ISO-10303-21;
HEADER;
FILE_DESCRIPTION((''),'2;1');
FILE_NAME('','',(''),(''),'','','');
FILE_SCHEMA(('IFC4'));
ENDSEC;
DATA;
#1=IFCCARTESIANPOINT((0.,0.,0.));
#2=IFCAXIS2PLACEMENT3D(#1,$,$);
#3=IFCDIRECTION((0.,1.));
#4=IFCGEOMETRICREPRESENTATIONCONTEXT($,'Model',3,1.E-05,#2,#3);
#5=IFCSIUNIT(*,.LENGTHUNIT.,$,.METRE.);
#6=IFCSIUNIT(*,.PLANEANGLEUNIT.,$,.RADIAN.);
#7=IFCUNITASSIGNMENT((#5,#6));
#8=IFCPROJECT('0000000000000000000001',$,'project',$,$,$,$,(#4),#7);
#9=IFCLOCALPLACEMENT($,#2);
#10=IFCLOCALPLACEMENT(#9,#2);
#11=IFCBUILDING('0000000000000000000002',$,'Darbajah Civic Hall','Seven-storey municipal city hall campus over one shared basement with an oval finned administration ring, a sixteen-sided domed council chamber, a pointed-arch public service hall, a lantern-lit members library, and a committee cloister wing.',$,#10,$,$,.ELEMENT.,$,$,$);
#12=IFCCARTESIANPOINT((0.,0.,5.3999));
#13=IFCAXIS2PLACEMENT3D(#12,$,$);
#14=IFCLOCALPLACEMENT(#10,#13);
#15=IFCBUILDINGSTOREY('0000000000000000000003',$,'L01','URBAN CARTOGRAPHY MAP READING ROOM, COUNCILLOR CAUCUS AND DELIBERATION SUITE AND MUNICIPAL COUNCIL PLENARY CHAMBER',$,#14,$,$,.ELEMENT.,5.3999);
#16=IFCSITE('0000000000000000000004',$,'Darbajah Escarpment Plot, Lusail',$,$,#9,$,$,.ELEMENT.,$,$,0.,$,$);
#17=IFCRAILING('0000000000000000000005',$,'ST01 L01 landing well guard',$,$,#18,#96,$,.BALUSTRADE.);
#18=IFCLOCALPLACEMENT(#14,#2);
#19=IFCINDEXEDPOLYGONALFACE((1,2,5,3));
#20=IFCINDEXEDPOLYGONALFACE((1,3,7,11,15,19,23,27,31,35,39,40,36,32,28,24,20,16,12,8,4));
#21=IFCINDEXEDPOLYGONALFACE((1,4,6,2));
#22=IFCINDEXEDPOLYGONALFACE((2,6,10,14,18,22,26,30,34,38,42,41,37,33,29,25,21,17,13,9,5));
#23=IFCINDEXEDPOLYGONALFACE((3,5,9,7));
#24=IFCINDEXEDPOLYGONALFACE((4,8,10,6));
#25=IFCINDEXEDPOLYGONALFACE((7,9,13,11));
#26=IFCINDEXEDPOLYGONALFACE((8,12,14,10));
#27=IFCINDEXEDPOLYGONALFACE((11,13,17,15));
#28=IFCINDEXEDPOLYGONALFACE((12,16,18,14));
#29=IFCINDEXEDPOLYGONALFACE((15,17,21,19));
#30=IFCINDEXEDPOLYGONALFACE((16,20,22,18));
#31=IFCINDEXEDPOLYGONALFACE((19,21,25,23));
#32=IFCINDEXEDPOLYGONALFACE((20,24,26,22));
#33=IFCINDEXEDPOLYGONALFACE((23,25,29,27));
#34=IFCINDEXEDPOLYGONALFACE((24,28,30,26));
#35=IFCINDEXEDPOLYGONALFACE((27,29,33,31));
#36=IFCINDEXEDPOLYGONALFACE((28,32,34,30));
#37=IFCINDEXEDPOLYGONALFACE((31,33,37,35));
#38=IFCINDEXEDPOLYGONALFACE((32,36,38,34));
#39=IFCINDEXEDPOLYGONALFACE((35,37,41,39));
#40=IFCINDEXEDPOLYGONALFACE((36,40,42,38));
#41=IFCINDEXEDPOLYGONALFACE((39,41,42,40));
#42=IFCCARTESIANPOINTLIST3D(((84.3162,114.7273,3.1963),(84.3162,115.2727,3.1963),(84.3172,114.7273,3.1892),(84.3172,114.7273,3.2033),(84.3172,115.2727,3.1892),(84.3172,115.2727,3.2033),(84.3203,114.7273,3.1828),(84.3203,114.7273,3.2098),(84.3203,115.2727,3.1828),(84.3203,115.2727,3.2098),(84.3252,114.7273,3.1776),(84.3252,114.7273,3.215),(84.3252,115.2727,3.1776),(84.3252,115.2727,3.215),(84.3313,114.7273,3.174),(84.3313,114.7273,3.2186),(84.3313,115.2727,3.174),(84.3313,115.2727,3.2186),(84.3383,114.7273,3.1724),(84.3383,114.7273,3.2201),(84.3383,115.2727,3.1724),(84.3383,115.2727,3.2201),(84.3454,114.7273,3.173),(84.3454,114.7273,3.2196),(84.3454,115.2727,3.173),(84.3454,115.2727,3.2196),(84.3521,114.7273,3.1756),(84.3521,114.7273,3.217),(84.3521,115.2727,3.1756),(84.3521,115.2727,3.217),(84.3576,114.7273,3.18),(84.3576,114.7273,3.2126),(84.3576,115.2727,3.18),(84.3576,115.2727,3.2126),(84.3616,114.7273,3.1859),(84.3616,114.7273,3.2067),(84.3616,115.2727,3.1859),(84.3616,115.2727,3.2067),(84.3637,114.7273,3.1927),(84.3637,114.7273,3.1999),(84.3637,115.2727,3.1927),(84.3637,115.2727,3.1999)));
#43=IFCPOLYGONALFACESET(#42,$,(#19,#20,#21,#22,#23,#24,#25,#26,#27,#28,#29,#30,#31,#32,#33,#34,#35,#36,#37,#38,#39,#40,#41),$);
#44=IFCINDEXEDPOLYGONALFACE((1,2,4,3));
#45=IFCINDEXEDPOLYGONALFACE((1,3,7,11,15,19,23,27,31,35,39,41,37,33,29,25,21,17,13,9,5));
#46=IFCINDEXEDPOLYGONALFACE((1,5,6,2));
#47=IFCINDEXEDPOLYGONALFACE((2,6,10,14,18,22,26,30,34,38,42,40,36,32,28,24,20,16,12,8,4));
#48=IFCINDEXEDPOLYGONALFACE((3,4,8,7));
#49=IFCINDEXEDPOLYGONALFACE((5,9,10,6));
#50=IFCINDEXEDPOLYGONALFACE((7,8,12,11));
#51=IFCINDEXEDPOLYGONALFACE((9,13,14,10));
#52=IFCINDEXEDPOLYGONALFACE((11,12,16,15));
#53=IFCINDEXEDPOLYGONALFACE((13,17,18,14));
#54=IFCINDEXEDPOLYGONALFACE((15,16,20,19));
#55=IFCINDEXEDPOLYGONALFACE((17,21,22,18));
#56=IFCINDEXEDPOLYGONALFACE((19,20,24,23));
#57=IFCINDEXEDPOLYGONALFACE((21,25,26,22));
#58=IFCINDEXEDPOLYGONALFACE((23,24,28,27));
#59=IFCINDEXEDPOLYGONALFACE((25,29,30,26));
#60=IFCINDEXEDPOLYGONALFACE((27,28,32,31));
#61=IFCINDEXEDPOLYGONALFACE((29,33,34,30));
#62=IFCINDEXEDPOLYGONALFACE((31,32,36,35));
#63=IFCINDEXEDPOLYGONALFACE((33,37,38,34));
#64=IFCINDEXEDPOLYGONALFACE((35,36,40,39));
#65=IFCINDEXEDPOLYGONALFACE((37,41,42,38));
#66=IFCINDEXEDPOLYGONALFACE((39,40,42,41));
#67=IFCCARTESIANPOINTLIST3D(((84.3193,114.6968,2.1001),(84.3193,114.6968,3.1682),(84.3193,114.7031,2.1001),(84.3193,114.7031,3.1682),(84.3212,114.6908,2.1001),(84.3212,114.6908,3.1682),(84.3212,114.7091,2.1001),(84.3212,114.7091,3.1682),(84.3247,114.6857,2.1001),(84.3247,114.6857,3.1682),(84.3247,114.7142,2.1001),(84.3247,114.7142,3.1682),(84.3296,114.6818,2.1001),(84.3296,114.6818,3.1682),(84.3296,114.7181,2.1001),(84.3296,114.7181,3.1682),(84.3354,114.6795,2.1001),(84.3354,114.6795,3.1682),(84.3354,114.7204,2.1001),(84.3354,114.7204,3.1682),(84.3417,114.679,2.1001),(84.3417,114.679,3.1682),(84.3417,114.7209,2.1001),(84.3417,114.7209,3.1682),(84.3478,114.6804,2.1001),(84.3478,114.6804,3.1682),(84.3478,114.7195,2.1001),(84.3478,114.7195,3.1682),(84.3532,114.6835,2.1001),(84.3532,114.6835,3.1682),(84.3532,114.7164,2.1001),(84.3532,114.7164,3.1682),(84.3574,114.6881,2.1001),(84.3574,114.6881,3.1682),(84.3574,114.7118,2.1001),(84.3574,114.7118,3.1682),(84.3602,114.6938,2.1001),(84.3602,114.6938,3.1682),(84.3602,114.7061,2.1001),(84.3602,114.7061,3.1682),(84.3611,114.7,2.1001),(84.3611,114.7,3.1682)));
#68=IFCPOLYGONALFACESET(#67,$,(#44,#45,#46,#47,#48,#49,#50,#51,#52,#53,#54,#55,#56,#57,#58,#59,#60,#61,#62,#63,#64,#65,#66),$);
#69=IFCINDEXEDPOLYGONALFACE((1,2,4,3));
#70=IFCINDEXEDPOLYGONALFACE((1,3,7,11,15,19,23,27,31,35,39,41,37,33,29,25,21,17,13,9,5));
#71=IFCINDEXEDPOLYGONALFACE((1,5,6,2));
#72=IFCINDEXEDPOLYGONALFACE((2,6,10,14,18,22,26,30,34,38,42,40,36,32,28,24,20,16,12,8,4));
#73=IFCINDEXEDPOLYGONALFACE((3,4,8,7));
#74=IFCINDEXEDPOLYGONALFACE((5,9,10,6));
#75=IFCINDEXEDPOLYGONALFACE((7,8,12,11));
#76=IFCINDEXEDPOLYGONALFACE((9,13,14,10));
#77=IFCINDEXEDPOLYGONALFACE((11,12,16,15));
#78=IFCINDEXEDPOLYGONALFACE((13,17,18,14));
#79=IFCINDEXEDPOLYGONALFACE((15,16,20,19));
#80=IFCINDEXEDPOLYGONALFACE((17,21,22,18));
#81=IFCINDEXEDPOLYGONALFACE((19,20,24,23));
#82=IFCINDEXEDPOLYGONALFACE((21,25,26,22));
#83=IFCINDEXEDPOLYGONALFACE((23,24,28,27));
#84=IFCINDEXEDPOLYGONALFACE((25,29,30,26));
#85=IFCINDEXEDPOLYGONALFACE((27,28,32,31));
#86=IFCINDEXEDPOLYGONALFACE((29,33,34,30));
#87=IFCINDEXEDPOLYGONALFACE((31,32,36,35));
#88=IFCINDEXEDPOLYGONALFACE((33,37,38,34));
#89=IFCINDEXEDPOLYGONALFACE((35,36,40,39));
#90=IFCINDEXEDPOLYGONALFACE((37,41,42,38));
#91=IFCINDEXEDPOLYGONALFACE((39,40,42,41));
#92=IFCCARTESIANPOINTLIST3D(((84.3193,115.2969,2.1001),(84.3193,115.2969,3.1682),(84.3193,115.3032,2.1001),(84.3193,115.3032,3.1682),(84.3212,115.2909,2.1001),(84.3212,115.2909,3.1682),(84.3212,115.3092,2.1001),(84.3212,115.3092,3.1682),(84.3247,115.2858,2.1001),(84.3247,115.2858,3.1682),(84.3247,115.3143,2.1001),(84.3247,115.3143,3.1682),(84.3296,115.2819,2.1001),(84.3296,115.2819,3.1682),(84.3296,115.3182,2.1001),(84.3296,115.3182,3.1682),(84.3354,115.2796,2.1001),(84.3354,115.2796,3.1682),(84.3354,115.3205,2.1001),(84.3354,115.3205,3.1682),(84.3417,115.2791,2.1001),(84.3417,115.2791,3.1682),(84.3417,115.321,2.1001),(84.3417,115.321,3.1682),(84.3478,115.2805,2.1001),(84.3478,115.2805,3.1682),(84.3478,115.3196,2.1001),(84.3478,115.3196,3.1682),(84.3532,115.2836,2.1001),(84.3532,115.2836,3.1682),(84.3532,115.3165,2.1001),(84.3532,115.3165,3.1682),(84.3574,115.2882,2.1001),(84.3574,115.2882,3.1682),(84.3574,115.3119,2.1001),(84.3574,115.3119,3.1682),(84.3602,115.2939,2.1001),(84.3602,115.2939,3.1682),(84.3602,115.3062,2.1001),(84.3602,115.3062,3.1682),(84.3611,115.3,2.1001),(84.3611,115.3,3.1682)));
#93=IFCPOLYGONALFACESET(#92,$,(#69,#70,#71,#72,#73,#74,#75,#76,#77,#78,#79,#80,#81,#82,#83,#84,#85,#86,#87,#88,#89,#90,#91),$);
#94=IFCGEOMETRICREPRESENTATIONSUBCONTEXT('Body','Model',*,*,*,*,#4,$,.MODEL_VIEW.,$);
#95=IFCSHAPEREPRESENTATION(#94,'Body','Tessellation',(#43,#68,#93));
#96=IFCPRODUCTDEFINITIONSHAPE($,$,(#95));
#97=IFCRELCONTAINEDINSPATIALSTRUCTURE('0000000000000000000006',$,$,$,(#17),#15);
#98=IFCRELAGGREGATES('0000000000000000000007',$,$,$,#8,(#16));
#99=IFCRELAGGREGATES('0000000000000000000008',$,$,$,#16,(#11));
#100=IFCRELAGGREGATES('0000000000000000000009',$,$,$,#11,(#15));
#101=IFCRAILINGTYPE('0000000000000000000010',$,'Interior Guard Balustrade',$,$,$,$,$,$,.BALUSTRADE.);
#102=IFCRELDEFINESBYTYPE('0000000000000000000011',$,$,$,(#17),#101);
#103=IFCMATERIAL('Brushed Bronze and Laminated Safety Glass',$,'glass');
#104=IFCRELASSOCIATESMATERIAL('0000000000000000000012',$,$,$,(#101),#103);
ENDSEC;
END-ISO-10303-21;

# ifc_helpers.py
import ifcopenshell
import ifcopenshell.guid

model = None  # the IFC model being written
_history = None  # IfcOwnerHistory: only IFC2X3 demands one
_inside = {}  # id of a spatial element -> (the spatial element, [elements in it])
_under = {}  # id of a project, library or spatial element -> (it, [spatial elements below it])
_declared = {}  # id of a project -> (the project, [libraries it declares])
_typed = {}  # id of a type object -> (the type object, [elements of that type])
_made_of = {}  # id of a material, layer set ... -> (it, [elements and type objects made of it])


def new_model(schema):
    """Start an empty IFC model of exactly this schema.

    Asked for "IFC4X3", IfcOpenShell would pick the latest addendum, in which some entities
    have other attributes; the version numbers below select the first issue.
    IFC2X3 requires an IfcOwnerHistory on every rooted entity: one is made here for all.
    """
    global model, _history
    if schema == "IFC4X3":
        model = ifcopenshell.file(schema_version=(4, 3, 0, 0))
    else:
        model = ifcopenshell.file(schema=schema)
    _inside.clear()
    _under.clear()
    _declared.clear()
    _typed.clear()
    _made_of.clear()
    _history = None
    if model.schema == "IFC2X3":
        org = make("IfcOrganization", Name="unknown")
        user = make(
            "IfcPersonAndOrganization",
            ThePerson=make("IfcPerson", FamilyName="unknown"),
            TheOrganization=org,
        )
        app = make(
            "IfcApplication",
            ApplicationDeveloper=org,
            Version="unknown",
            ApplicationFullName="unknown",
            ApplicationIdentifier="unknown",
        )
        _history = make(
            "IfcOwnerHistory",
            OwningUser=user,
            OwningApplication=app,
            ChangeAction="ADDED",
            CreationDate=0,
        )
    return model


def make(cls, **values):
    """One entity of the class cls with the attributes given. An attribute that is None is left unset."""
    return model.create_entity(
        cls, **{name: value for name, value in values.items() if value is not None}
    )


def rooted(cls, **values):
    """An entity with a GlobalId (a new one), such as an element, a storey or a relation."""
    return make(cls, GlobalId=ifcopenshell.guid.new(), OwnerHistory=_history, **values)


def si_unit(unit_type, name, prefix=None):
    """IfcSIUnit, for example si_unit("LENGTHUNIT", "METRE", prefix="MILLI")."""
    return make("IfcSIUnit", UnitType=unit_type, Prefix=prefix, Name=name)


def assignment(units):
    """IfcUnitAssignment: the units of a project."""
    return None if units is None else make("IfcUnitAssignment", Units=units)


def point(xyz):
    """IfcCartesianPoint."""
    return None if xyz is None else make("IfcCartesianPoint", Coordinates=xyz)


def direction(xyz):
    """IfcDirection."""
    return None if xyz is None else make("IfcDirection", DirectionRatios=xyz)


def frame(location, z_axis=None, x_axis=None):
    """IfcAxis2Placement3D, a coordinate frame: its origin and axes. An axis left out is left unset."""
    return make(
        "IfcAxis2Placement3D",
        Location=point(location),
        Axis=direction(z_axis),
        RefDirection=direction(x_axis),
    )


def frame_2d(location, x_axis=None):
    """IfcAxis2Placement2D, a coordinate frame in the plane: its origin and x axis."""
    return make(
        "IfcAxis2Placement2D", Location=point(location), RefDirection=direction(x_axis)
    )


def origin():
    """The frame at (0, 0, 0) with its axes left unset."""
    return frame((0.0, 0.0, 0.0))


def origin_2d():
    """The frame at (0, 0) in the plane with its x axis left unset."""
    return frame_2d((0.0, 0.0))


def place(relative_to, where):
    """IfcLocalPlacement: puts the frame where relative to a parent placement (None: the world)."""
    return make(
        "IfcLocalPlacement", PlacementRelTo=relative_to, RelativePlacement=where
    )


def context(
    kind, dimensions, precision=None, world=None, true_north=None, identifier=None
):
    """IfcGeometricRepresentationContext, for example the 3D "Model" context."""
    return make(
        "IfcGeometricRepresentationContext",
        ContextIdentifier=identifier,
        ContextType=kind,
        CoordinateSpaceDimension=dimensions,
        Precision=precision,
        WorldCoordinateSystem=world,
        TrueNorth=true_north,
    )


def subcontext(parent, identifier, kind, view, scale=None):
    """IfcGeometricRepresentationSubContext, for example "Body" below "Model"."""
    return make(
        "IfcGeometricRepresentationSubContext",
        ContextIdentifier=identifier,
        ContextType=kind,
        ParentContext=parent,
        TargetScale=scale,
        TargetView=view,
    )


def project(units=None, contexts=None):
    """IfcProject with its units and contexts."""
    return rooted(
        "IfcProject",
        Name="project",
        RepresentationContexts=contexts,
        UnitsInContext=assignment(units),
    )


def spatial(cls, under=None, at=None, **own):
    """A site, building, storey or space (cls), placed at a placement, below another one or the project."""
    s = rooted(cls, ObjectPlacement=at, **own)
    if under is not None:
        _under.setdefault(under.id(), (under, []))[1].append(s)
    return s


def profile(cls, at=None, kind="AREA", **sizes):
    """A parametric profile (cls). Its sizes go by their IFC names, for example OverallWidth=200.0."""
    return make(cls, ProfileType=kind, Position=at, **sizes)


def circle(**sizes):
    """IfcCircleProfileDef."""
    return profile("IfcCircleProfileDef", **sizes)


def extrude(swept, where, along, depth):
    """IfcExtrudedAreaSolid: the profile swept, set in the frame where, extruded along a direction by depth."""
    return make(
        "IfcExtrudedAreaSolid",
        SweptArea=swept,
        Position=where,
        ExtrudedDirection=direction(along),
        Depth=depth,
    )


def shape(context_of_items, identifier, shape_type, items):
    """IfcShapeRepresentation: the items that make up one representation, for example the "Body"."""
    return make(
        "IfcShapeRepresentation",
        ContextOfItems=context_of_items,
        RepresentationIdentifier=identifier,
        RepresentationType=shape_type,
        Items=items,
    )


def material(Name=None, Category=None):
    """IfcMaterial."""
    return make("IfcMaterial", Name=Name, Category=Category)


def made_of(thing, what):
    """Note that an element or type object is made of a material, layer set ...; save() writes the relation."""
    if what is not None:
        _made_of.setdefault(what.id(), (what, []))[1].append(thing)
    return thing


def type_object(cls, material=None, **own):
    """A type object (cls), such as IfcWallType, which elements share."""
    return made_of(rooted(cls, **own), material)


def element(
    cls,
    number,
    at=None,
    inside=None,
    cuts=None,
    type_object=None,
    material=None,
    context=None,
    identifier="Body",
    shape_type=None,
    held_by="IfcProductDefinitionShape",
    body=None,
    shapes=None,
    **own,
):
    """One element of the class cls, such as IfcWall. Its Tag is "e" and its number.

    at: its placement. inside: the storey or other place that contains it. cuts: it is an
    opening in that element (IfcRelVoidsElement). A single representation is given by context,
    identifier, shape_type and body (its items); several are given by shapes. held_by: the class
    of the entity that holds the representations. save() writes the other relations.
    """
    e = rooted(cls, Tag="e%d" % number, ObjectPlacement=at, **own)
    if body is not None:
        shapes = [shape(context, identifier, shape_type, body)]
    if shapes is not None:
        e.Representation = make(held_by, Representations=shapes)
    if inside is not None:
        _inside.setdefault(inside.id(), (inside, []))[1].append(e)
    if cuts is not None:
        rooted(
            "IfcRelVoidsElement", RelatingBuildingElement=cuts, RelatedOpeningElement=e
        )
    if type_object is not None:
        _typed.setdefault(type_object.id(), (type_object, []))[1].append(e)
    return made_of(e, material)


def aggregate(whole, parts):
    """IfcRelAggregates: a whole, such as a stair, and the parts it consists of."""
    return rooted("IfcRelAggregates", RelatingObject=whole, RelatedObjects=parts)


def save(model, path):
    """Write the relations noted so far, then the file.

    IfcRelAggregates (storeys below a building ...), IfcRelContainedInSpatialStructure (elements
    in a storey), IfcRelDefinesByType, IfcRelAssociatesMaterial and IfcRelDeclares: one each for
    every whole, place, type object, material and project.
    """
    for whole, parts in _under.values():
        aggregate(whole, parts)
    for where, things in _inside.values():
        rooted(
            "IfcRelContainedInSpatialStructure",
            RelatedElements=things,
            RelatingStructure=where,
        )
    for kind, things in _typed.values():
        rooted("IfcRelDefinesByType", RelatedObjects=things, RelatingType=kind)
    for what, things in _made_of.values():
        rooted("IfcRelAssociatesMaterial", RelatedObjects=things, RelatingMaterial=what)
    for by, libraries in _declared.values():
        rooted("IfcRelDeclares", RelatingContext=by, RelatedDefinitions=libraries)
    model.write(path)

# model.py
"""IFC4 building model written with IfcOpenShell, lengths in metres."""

from ifc_helpers import new_model, si_unit, direction, frame, origin, origin_2d, place, context, subcontext, project, spatial, circle, extrude, material, type_object, element, save


model = new_model("IFC4")

# Units and contexts
model_context = context("Model", 3, precision=1e-05, world=origin(), true_north=direction((0.0, 1.0)))
body_context = subcontext(model_context, "Body", "Model", "MODEL_VIEW")
ifc_project = project(units=[si_unit("LENGTHUNIT", "METRE"), si_unit("PLANEANGLEUNIT", "RADIAN")], contexts=[model_context])

# Site, building, storey
site_placement = place(None, origin())
site = spatial("IfcSite", under=ifc_project, at=site_placement, Name="Darbajah Escarpment Plot, Lusail", CompositionType="ELEMENT", RefElevation=0.0)
building_placement = place(site_placement, origin())
building = spatial("IfcBuilding", under=site, at=building_placement, Name="Darbajah Civic Hall", Description="Seven-storey municipal city hall campus over one shared basement with an oval finned administration ring, a sixteen-sided domed council chamber, a pointed-arch public service hall, a lantern-lit members library, and a committee cloister wing.", CompositionType="ELEMENT")
storey_placement = place(building_placement, frame((0.0, 0.0, 5.3999)))
storey = spatial("IfcBuildingStorey", under=building, at=storey_placement, Name="L01", Description="URBAN CARTOGRAPHY MAP READING ROOM, COUNCILLOR CAUCUS AND DELIBERATION SUITE AND MUNICIPAL COUNCIL PLENARY CHAMBER", CompositionType="ELEMENT", Elevation=5.3999)

# Railing
ifc_material_1 = material(Name="Brushed Bronze and Laminated Safety Glass", Category="glass")
railing_type_1 = type_object("IfcRailingType", Name="Interior Guard Balustrade", PredefinedType="BALUSTRADE", material=ifc_material_1)
railing_1_placement = place(storey_placement, frame((84.3401, 114.7, 2.1001)))
element("IfcRailing", 1, at=railing_1_placement, inside=storey, type_object=railing_type_1, Name="ST01 L01 landing well guard", PredefinedType="BALUSTRADE", context=body_context, shape_type="SweptSolid", body=[
    extrude(circle(Radius=0.0239, at=origin_2d()), frame((0.0, 0.0273, 1.0962), z_axis=(0.0, 1.0, 0.0), x_axis=(-1.0, 0.0, 0.0)), (0.0, 0.0, 1.0), 0.5454),
    extrude(circle(Radius=0.021, at=origin_2d()), origin(), (0.0, 0.0, 1.0), 1.0681),
    extrude(circle(Radius=0.021, at=origin_2d()), frame((0.0, 0.6001, 0.0)), (0.0, 0.0, 1.0), 1.0681),
])

save(model, "model.ifc")
